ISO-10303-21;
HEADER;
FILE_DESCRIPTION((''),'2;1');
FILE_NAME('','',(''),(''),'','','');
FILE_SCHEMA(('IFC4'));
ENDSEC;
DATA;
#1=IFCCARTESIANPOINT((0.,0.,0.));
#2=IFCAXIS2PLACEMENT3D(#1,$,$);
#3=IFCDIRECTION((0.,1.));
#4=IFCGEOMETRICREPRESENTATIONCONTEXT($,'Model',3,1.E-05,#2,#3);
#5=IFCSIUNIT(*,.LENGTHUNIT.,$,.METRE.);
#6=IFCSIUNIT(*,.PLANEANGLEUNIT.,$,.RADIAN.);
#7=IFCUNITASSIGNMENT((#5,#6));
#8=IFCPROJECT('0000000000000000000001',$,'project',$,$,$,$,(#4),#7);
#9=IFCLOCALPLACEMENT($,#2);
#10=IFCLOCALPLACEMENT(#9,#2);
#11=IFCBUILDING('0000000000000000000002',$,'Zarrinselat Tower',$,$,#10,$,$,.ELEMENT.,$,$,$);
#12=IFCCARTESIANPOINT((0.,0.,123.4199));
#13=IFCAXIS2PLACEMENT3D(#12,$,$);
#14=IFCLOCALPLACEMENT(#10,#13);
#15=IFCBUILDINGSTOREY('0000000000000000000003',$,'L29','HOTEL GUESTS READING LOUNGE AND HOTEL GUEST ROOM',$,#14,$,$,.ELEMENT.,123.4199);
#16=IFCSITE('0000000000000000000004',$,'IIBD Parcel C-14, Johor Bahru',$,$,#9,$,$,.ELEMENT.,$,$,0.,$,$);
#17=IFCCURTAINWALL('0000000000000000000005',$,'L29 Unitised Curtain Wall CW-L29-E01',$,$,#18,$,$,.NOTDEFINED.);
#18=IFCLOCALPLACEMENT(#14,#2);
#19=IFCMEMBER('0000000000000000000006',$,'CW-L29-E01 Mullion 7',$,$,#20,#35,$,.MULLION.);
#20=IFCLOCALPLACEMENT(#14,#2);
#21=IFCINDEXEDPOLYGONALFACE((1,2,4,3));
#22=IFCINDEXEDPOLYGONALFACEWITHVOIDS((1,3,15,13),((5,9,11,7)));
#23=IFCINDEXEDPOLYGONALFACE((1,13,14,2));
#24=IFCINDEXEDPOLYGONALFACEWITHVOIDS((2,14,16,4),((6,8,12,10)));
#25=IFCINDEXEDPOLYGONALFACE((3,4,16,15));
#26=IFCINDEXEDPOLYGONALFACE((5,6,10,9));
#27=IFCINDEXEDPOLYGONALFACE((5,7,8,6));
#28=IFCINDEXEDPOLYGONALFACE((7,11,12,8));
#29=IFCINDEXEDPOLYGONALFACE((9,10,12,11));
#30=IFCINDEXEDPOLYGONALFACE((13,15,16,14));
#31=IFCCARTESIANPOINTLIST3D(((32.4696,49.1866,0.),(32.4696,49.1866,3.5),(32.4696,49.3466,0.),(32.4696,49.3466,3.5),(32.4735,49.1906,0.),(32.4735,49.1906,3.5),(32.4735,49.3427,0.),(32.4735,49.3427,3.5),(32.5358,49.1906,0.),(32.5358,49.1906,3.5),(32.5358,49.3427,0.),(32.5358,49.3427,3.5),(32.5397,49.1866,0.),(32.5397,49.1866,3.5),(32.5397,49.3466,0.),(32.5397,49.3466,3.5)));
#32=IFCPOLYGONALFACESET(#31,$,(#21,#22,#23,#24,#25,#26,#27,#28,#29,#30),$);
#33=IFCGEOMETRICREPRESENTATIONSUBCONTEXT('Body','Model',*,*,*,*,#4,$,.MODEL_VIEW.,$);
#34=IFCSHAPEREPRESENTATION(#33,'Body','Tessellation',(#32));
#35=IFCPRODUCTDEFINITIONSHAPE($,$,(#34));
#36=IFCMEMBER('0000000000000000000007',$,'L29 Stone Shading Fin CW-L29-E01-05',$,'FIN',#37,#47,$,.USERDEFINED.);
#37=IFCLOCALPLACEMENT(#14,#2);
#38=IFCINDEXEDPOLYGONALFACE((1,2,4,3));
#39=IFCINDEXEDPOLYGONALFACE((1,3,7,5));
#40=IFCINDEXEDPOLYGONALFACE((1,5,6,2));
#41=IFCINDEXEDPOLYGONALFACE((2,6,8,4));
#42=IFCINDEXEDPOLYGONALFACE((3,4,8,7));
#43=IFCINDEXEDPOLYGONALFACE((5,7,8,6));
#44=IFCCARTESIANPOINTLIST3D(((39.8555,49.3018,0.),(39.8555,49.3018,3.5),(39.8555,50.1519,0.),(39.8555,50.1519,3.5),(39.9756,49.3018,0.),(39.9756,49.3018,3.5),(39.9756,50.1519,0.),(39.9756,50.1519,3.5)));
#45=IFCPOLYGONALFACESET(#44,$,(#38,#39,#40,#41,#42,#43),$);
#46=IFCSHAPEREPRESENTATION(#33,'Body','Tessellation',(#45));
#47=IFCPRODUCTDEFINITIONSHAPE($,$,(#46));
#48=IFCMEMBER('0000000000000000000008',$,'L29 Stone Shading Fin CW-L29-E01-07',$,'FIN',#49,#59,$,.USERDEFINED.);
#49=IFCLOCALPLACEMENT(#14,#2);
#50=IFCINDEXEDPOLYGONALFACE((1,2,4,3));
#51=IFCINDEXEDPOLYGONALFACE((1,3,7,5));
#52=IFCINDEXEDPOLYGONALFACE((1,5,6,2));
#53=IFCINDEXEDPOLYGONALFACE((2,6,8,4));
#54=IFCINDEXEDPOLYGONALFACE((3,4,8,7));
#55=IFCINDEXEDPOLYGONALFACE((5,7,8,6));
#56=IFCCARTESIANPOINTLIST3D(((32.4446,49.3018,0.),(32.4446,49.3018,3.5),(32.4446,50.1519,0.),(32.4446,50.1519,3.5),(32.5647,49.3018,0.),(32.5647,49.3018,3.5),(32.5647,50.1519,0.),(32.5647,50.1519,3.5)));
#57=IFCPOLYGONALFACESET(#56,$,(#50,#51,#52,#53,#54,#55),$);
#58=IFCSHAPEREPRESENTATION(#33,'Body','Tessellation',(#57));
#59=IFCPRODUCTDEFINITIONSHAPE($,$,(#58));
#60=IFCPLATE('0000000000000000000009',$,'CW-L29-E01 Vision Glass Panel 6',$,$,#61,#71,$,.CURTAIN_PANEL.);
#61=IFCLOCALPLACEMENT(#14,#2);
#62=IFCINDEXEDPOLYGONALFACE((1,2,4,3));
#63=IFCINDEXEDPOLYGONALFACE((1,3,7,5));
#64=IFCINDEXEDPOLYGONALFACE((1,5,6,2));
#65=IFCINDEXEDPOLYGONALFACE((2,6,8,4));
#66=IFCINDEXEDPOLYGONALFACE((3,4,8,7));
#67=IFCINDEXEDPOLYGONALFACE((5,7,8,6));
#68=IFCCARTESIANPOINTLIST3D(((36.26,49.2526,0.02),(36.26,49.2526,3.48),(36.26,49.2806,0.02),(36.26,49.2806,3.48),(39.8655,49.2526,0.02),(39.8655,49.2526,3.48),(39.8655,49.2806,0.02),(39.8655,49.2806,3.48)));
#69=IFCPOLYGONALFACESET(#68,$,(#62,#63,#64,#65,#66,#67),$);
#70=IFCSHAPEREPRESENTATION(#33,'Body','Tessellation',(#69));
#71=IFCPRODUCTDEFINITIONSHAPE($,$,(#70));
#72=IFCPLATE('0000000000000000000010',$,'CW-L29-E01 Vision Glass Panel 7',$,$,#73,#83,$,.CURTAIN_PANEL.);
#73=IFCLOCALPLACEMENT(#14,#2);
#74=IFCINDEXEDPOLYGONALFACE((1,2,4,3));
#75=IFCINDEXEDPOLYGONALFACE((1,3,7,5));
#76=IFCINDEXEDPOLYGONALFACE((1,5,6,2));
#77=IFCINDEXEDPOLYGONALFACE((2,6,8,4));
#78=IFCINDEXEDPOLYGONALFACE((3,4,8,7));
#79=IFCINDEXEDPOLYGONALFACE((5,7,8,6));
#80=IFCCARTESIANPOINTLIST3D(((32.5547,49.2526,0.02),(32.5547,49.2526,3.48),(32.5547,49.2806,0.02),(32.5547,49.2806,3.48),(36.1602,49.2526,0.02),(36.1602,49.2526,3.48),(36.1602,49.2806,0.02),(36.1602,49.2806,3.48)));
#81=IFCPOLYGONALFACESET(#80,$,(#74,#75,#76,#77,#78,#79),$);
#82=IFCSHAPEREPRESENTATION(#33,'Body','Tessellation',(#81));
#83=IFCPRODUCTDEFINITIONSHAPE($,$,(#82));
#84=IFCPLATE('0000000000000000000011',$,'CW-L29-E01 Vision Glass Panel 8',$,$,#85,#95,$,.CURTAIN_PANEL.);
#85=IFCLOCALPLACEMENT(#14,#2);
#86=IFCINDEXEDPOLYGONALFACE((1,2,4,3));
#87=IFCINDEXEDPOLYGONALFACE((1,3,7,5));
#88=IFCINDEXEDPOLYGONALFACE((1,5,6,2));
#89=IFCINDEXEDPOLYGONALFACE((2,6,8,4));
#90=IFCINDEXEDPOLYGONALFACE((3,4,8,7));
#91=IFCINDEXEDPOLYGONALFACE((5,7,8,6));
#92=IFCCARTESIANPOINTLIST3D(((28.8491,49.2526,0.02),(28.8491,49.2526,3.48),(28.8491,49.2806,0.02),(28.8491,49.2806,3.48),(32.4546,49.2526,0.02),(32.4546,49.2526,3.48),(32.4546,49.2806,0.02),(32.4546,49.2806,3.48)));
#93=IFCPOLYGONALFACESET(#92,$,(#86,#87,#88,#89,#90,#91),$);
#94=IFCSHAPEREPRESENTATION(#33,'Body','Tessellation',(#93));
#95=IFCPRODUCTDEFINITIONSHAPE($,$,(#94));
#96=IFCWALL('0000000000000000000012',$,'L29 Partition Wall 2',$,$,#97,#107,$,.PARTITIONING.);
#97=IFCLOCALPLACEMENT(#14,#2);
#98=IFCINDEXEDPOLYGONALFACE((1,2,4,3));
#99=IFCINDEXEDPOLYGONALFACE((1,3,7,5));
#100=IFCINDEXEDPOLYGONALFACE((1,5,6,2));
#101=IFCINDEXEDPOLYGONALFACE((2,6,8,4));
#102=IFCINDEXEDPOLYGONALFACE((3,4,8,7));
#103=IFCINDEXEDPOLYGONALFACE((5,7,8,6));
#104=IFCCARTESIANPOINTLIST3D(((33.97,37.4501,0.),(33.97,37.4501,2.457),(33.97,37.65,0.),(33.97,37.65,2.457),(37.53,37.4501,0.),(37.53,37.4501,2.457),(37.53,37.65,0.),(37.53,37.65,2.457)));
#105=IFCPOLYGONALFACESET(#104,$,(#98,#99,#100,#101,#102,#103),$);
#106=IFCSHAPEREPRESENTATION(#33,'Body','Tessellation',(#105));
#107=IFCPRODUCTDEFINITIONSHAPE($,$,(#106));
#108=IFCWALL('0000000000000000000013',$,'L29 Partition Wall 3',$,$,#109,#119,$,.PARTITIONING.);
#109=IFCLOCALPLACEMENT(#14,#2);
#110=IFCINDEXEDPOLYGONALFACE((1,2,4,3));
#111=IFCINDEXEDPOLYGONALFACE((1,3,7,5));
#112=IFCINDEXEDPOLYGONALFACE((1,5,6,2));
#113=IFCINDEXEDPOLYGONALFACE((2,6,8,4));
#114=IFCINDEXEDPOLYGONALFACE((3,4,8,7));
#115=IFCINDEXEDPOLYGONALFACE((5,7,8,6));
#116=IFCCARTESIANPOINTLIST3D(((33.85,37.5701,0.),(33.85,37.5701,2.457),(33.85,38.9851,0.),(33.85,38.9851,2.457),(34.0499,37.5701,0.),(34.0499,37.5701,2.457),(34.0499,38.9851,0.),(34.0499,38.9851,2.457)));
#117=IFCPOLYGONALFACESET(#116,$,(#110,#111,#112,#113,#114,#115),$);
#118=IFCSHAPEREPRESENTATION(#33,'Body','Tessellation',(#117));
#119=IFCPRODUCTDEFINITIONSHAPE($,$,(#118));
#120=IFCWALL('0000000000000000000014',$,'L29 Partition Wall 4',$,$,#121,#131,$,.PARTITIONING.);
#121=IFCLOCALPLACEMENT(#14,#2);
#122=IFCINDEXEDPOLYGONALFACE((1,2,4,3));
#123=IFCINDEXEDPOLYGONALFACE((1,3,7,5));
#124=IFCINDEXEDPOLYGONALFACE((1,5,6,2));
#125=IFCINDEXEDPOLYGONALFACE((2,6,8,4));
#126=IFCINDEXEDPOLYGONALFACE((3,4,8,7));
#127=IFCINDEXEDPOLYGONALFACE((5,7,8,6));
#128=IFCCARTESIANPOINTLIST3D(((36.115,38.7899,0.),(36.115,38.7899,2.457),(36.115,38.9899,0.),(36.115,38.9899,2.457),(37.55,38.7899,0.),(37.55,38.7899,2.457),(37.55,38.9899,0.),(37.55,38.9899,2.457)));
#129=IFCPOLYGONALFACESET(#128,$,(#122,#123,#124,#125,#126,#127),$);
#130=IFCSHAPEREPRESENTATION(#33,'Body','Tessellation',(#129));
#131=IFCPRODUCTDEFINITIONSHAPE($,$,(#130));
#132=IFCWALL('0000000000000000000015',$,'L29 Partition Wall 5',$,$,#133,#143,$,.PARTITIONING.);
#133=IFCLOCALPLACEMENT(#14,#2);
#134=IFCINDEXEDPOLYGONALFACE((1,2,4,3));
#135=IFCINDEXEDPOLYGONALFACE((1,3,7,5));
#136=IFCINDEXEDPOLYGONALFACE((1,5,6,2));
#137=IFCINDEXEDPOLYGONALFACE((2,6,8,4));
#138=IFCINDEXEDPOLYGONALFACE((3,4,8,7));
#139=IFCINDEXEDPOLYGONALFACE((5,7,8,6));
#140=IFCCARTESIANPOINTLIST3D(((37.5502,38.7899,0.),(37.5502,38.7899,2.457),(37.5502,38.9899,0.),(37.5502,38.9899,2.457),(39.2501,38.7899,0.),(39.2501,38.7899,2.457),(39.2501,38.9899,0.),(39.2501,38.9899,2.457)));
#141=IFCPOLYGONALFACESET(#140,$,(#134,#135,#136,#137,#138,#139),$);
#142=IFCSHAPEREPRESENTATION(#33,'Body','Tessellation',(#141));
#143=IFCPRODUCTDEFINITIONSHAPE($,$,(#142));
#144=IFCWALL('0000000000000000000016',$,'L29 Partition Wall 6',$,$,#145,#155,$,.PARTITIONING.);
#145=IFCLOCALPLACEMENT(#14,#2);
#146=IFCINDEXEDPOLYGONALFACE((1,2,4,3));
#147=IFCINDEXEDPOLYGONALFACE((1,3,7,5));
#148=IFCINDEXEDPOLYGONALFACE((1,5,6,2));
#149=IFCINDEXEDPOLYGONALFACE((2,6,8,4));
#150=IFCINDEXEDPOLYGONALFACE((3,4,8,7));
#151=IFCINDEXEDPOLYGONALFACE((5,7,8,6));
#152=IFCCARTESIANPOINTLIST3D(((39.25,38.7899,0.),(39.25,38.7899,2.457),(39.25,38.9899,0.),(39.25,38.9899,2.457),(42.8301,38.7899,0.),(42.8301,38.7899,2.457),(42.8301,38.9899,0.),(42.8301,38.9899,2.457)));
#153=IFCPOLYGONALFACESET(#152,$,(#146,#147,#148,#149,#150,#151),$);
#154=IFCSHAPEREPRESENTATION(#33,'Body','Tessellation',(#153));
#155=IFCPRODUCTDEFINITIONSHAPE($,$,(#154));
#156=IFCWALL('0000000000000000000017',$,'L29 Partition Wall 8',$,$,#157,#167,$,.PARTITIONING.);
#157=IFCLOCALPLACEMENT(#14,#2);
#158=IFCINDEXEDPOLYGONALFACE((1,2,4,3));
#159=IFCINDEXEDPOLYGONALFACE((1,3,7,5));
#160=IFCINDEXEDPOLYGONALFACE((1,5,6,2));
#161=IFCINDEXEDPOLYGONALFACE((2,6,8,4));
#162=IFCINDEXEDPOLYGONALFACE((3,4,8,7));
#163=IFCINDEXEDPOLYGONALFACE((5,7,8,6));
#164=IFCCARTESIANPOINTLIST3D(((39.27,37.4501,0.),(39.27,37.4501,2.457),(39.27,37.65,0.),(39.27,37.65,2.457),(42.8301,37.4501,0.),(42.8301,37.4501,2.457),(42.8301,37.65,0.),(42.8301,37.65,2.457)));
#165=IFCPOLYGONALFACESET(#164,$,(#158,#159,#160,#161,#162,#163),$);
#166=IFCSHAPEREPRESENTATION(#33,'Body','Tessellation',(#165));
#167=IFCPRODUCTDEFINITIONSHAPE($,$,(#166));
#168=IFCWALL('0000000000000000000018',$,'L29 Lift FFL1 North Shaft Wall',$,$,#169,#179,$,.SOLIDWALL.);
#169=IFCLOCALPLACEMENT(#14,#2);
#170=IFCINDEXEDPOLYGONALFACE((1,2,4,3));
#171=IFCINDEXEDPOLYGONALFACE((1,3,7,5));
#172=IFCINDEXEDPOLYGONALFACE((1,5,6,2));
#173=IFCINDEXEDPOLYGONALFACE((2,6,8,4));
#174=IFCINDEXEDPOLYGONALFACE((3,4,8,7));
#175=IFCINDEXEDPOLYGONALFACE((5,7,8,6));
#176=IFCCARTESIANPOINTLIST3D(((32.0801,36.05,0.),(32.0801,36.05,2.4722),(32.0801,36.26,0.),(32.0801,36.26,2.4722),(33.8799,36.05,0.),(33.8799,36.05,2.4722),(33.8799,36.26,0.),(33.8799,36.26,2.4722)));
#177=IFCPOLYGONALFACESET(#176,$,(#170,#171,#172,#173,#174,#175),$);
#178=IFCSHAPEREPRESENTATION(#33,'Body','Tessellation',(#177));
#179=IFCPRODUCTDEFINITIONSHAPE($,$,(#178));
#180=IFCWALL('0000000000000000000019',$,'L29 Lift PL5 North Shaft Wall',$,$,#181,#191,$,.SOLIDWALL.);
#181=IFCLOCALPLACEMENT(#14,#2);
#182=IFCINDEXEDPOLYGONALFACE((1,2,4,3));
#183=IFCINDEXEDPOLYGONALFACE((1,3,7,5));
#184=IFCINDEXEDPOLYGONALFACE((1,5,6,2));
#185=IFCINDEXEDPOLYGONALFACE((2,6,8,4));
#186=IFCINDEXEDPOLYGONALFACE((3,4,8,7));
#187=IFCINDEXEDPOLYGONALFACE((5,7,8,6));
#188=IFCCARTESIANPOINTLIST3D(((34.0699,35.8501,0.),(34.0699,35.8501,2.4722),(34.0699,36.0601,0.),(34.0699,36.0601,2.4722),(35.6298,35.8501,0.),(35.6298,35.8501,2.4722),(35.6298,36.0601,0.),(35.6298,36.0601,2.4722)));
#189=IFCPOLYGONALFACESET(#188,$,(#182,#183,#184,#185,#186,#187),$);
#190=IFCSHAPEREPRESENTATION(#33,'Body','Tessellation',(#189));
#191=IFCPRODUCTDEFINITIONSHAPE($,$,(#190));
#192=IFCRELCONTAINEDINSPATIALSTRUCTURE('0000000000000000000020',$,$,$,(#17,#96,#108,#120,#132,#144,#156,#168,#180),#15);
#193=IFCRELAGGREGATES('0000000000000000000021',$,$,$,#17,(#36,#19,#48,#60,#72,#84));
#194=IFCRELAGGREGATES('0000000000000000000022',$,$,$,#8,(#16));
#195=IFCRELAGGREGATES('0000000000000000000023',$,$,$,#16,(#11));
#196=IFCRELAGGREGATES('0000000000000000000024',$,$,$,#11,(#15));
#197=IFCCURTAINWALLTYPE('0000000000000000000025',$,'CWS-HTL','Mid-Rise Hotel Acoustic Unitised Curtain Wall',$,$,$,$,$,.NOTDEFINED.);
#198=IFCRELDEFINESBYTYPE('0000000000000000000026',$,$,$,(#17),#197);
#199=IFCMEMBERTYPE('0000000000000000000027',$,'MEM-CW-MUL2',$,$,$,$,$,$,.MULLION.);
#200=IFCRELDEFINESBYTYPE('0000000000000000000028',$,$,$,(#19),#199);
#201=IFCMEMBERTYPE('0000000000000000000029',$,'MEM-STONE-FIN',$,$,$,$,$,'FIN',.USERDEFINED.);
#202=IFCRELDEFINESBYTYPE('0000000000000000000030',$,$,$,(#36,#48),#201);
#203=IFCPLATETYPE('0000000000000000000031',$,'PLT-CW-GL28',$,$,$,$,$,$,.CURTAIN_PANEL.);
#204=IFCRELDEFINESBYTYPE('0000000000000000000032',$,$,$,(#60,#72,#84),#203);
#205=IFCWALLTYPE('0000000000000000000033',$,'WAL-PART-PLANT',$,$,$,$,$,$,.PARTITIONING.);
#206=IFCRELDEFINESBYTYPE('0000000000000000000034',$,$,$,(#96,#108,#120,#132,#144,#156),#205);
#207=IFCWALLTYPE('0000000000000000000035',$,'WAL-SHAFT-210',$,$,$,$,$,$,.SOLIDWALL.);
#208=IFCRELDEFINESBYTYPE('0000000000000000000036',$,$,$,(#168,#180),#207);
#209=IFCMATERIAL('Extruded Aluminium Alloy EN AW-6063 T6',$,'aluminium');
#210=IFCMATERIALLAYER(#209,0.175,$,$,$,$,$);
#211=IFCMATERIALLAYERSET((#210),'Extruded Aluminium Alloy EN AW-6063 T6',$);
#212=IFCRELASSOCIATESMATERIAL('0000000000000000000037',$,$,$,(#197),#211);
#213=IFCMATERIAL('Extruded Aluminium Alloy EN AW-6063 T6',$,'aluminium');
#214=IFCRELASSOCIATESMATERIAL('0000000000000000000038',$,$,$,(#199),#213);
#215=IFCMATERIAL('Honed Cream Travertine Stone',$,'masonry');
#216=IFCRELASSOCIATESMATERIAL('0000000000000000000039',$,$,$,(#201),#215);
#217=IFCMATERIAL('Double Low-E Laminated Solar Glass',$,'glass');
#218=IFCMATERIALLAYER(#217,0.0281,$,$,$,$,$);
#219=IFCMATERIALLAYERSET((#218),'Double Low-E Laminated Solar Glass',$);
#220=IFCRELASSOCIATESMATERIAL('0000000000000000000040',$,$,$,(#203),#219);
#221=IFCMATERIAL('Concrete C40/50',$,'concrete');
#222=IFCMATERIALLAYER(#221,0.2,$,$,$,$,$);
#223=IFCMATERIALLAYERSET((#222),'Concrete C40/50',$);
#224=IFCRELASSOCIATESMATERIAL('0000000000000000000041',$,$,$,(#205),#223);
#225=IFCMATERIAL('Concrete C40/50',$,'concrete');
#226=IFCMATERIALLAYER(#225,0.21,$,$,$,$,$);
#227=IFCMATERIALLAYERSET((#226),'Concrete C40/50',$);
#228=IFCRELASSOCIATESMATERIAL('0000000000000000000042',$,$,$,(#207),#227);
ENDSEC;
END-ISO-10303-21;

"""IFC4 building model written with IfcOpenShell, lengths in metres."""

from ifc_helpers import new_model, si_unit, direction, frame, frame_2d, origin, origin_2d, place, context, subcontext, project, spatial, rectangle, hollow_rectangle, extrude, material, layer, layer_set, material_profile, profile_set, type_object, element, aggregate, save


model = new_model("IFC4")

# Units and contexts
model_context = context("Model", 3, precision=1e-05, world=origin(), true_north=direction((0.0, 1.0)))
body_context = subcontext(model_context, "Body", "Model", "MODEL_VIEW")
ifc_project = project(units=[si_unit("LENGTHUNIT", "METRE"), si_unit("PLANEANGLEUNIT", "RADIAN")], contexts=[model_context])

# Site, building, storey
site_placement = place(None, origin())
site = spatial("IfcSite", under=ifc_project, at=site_placement, Name="IIBD Parcel C-14, Johor Bahru", CompositionType="ELEMENT", RefElevation=0.0)
building_placement = place(site_placement, origin())
building = spatial("IfcBuilding", under=site, at=building_placement, Name="Zarrinselat Tower", CompositionType="ELEMENT")
storey_placement = place(building_placement, frame((0.0, 0.0, 123.4199)))
storey = spatial("IfcBuildingStorey", under=building, at=storey_placement, Name="L29", Description="HOTEL GUESTS READING LOUNGE AND HOTEL GUEST ROOM", CompositionType="ELEMENT", Elevation=123.4199)

# Curtain wall, members, plates
ifc_material_1 = material(Name="Extruded Aluminium Alloy EN AW-6063 T6", Category="aluminium")
ifc_layer_1 = layer(ifc_material_1, 0.175)
ifc_layer_set_1 = layer_set([ifc_layer_1], Name="Extruded Aluminium Alloy EN AW-6063 T6")
curtain_wall_type = type_object("IfcCurtainWallType", Name="CWS-HTL", Description="Mid-Rise Hotel Acoustic Unitised Curtain Wall", PredefinedType="NOTDEFINED", material=ifc_layer_set_1)
curtain_wall_placement = place(storey_placement, origin())
curtain_wall = element("IfcCurtainWall", 1, at=curtain_wall_placement, inside=storey, type_object=curtain_wall_type, Name="L29 Unitised Curtain Wall CW-L29-E01", PredefinedType="NOTDEFINED")
ifc_material_2 = material(Name="Extruded Aluminium Alloy EN AW-6063 T6", Category="aluminium")
ifc_material_profile_1 = material_profile(ifc_material_2, hollow_rectangle(XDim=0.0701, YDim=0.1599, WallThickness=0.0039, at=origin_2d()), Name="RHS 160x70x4")
ifc_profile_set_1 = profile_set([ifc_material_profile_1], Name="Extruded Aluminium Alloy EN AW-6063 T6")
member_type_1 = type_object("IfcMemberType", Name="MEM-CW-MUL2", PredefinedType="MULLION", material=ifc_profile_set_1)
member_1_placement = place(storey_placement, frame((32.5046, 49.2666, 0.0), z_axis=(0.0, 0.0, 1.0), x_axis=(-1.0, 0.0, 0.0)))
member_1 = element("IfcMember", 2, at=member_1_placement, type_object=member_type_1, Name="CW-L29-E01 Mullion 7", PredefinedType="MULLION", context=body_context, shape_type="SweptSolid", body=[
    extrude(hollow_rectangle(XDim=0.0701, YDim=0.1599, WallThickness=0.0039, at=origin_2d()), origin(), (0.0, 0.0, 1.0), 3.5),
])
ifc_material_3 = material(Name="Honed Cream Travertine Stone", Category="masonry")
ifc_material_profile_2 = material_profile(ifc_material_3, rectangle(XDim=0.1201, YDim=0.8501, at=origin_2d()), Name="FIN 850x120")
ifc_profile_set_2 = profile_set([ifc_material_profile_2], Name="Honed Cream Travertine Stone")
member_type_2 = type_object("IfcMemberType", Name="MEM-STONE-FIN", ElementType="FIN", PredefinedType="USERDEFINED", material=ifc_profile_set_2)
member_2_placement = place(storey_placement, frame((39.9155, 49.7268, 0.0), z_axis=(0.0, 0.0, 1.0), x_axis=(1.0, 0.0, 0.0)))
member_2 = element("IfcMember", 3, at=member_2_placement, type_object=member_type_2, Name="L29 Stone Shading Fin CW-L29-E01-05", ObjectType="FIN", PredefinedType="USERDEFINED", context=body_context, shape_type="SweptSolid", body=[
    extrude(rectangle(XDim=0.1201, YDim=0.8501, at=origin_2d()), origin(), (0.0, 0.0, 1.0), 3.5),
])
member_3_placement = place(storey_placement, frame((32.5046, 49.7268, 0.0), z_axis=(0.0, 0.0, 1.0), x_axis=(1.0, 0.0, 0.0)))
member_3 = element("IfcMember", 4, at=member_3_placement, type_object=member_type_2, Name="L29 Stone Shading Fin CW-L29-E01-07", ObjectType="FIN", PredefinedType="USERDEFINED", context=body_context, shape_type="SweptSolid", body=[
    extrude(rectangle(XDim=0.1201, YDim=0.8501, at=origin_2d()), origin(), (0.0, 0.0, 1.0), 3.5),
])
ifc_material_4 = material(Name="Double Low-E Laminated Solar Glass", Category="glass")
ifc_layer_2 = layer(ifc_material_4, 0.0281)
ifc_layer_set_2 = layer_set([ifc_layer_2], Name="Double Low-E Laminated Solar Glass")
plate_type = type_object("IfcPlateType", Name="PLT-CW-GL28", PredefinedType="CURTAIN_PANEL", material=ifc_layer_set_2)
plate_1_placement = place(storey_placement, frame((38.0627, 49.2666, 0.02), z_axis=(0.0, 0.0, 1.0), x_axis=(-1.0, 0.0, 0.0)))
plate_1 = element("IfcPlate", 5, at=plate_1_placement, type_object=plate_type, Name="CW-L29-E01 Vision Glass Panel 6", PredefinedType="CURTAIN_PANEL", context=body_context, shape_type="SweptSolid", body=[
    extrude(rectangle(XDim=3.6055, YDim=0.0281, at=origin_2d()), origin(), (0.0, 0.0, 1.0), 3.46),
])
plate_2_placement = place(storey_placement, frame((34.3574, 49.2666, 0.02), z_axis=(0.0, 0.0, 1.0), x_axis=(-1.0, 0.0, 0.0)))
plate_2 = element("IfcPlate", 6, at=plate_2_placement, type_object=plate_type, Name="CW-L29-E01 Vision Glass Panel 7", PredefinedType="CURTAIN_PANEL", context=body_context, shape_type="SweptSolid", body=[
    extrude(rectangle(XDim=3.6055, YDim=0.0281, at=origin_2d()), origin(), (0.0, 0.0, 1.0), 3.46),
])
plate_3_placement = place(storey_placement, frame((30.6519, 49.2666, 0.02), z_axis=(0.0, 0.0, 1.0), x_axis=(-1.0, 0.0, 0.0)))
plate_3 = element("IfcPlate", 7, at=plate_3_placement, type_object=plate_type, Name="CW-L29-E01 Vision Glass Panel 8", PredefinedType="CURTAIN_PANEL", context=body_context, shape_type="SweptSolid", body=[
    extrude(rectangle(XDim=3.6055, YDim=0.0281, at=origin_2d()), origin(), (0.0, 0.0, 1.0), 3.46),
])
aggregate(curtain_wall, [member_2, member_1, member_3, plate_1, plate_2, plate_3])

# Walls
ifc_material_5 = material(Name="Concrete C40/50", Category="concrete")
ifc_layer_3 = layer(ifc_material_5, 0.2)
ifc_layer_set_3 = layer_set([ifc_layer_3], Name="Concrete C40/50")
wall_type_1 = type_object("IfcWallType", Name="WAL-PART-PLANT", PredefinedType="PARTITIONING", material=ifc_layer_set_3)
wall_1_placement = place(storey_placement, frame((33.97, 37.55, 0.0), z_axis=(0.0, 0.0, 1.0), x_axis=(1.0, 0.0, 0.0)))
element("IfcWall", 8, at=wall_1_placement, inside=storey, type_object=wall_type_1, Name="L29 Partition Wall 2", PredefinedType="PARTITIONING", context=body_context, shape_type="SweptSolid", body=[
    extrude(rectangle(XDim=3.5601, YDim=0.2, at=frame_2d((1.78, 0.0))), origin(), (0.0, 0.0, 1.0), 2.457),
])
wall_2_placement = place(storey_placement, frame((33.95, 37.5701, 0.0), z_axis=(0.0, 0.0, 1.0), x_axis=(0.0, 1.0, 0.0)))
element("IfcWall", 9, at=wall_2_placement, inside=storey, type_object=wall_type_1, Name="L29 Partition Wall 3", PredefinedType="PARTITIONING", context=body_context, shape_type="SweptSolid", body=[
    extrude(rectangle(XDim=1.415, YDim=0.2, at=frame_2d((0.7075, 0.0))), origin(), (0.0, 0.0, 1.0), 2.457),
])
wall_3_placement = place(storey_placement, frame((36.115, 38.8899, 0.0), z_axis=(0.0, 0.0, 1.0), x_axis=(1.0, 0.0, 0.0)))
element("IfcWall", 10, at=wall_3_placement, inside=storey, type_object=wall_type_1, Name="L29 Partition Wall 4", PredefinedType="PARTITIONING", context=body_context, shape_type="SweptSolid", body=[
    extrude(rectangle(XDim=1.4351, YDim=0.2, at=frame_2d((0.7175, 0.0))), origin(), (0.0, 0.0, 1.0), 2.457),
])
wall_4_placement = place(storey_placement, frame((37.55, 38.8899, 0.0), z_axis=(0.0, 0.0, 1.0), x_axis=(1.0, 0.0, 0.0)))
element("IfcWall", 11, at=wall_4_placement, inside=storey, type_object=wall_type_1, Name="L29 Partition Wall 5", PredefinedType="PARTITIONING", context=body_context, shape_type="SweptSolid", body=[
    extrude(rectangle(XDim=1.7, YDim=0.2, at=frame_2d((0.8501, 0.0))), origin(), (0.0, 0.0, 1.0), 2.457),
])
wall_5_placement = place(storey_placement, frame((39.25, 38.8899, 0.0), z_axis=(0.0, 0.0, 1.0), x_axis=(1.0, 0.0, 0.0)))
element("IfcWall", 12, at=wall_5_placement, inside=storey, type_object=wall_type_1, Name="L29 Partition Wall 6", PredefinedType="PARTITIONING", context=body_context, shape_type="SweptSolid", body=[
    extrude(rectangle(XDim=3.5801, YDim=0.2, at=frame_2d((1.79, 0.0))), origin(), (0.0, 0.0, 1.0), 2.457),
])
wall_6_placement = place(storey_placement, frame((39.27, 37.55, 0.0), z_axis=(0.0, 0.0, 1.0), x_axis=(1.0, 0.0, 0.0)))
element("IfcWall", 13, at=wall_6_placement, inside=storey, type_object=wall_type_1, Name="L29 Partition Wall 8", PredefinedType="PARTITIONING", context=body_context, shape_type="SweptSolid", body=[
    extrude(rectangle(XDim=3.5601, YDim=0.2, at=frame_2d((1.78, 0.0))), origin(), (0.0, 0.0, 1.0), 2.457),
])
ifc_material_6 = material(Name="Concrete C40/50", Category="concrete")
ifc_layer_4 = layer(ifc_material_6, 0.21)
ifc_layer_set_4 = layer_set([ifc_layer_4], Name="Concrete C40/50")
wall_type_2 = type_object("IfcWallType", Name="WAL-SHAFT-210", PredefinedType="SOLIDWALL", material=ifc_layer_set_4)
wall_7_placement = place(storey_placement, frame((32.0801, 36.155, 0.0), z_axis=(0.0, 0.0, 1.0), x_axis=(1.0, 0.0, 0.0)))
element("IfcWall", 14, at=wall_7_placement, inside=storey, type_object=wall_type_2, Name="L29 Lift FFL1 North Shaft Wall", PredefinedType="SOLIDWALL", context=body_context, shape_type="SweptSolid", body=[
    extrude(rectangle(XDim=1.7998, YDim=0.21, at=frame_2d((0.8999, 0.0))), origin(), (0.0, 0.0, 1.0), 2.4722),
])
wall_8_placement = place(storey_placement, frame((34.0701, 35.9551, 0.0), z_axis=(0.0, 0.0, 1.0), x_axis=(1.0, 0.0, 0.0)))
element("IfcWall", 15, at=wall_8_placement, inside=storey, type_object=wall_type_2, Name="L29 Lift PL5 North Shaft Wall", PredefinedType="SOLIDWALL", context=body_context, shape_type="SweptSolid", body=[
    extrude(rectangle(XDim=1.5598, YDim=0.21, at=frame_2d((0.7798, 0.0))), origin(), (0.0, 0.0, 1.0), 2.4722),
])

save(model, "model.ifc")
